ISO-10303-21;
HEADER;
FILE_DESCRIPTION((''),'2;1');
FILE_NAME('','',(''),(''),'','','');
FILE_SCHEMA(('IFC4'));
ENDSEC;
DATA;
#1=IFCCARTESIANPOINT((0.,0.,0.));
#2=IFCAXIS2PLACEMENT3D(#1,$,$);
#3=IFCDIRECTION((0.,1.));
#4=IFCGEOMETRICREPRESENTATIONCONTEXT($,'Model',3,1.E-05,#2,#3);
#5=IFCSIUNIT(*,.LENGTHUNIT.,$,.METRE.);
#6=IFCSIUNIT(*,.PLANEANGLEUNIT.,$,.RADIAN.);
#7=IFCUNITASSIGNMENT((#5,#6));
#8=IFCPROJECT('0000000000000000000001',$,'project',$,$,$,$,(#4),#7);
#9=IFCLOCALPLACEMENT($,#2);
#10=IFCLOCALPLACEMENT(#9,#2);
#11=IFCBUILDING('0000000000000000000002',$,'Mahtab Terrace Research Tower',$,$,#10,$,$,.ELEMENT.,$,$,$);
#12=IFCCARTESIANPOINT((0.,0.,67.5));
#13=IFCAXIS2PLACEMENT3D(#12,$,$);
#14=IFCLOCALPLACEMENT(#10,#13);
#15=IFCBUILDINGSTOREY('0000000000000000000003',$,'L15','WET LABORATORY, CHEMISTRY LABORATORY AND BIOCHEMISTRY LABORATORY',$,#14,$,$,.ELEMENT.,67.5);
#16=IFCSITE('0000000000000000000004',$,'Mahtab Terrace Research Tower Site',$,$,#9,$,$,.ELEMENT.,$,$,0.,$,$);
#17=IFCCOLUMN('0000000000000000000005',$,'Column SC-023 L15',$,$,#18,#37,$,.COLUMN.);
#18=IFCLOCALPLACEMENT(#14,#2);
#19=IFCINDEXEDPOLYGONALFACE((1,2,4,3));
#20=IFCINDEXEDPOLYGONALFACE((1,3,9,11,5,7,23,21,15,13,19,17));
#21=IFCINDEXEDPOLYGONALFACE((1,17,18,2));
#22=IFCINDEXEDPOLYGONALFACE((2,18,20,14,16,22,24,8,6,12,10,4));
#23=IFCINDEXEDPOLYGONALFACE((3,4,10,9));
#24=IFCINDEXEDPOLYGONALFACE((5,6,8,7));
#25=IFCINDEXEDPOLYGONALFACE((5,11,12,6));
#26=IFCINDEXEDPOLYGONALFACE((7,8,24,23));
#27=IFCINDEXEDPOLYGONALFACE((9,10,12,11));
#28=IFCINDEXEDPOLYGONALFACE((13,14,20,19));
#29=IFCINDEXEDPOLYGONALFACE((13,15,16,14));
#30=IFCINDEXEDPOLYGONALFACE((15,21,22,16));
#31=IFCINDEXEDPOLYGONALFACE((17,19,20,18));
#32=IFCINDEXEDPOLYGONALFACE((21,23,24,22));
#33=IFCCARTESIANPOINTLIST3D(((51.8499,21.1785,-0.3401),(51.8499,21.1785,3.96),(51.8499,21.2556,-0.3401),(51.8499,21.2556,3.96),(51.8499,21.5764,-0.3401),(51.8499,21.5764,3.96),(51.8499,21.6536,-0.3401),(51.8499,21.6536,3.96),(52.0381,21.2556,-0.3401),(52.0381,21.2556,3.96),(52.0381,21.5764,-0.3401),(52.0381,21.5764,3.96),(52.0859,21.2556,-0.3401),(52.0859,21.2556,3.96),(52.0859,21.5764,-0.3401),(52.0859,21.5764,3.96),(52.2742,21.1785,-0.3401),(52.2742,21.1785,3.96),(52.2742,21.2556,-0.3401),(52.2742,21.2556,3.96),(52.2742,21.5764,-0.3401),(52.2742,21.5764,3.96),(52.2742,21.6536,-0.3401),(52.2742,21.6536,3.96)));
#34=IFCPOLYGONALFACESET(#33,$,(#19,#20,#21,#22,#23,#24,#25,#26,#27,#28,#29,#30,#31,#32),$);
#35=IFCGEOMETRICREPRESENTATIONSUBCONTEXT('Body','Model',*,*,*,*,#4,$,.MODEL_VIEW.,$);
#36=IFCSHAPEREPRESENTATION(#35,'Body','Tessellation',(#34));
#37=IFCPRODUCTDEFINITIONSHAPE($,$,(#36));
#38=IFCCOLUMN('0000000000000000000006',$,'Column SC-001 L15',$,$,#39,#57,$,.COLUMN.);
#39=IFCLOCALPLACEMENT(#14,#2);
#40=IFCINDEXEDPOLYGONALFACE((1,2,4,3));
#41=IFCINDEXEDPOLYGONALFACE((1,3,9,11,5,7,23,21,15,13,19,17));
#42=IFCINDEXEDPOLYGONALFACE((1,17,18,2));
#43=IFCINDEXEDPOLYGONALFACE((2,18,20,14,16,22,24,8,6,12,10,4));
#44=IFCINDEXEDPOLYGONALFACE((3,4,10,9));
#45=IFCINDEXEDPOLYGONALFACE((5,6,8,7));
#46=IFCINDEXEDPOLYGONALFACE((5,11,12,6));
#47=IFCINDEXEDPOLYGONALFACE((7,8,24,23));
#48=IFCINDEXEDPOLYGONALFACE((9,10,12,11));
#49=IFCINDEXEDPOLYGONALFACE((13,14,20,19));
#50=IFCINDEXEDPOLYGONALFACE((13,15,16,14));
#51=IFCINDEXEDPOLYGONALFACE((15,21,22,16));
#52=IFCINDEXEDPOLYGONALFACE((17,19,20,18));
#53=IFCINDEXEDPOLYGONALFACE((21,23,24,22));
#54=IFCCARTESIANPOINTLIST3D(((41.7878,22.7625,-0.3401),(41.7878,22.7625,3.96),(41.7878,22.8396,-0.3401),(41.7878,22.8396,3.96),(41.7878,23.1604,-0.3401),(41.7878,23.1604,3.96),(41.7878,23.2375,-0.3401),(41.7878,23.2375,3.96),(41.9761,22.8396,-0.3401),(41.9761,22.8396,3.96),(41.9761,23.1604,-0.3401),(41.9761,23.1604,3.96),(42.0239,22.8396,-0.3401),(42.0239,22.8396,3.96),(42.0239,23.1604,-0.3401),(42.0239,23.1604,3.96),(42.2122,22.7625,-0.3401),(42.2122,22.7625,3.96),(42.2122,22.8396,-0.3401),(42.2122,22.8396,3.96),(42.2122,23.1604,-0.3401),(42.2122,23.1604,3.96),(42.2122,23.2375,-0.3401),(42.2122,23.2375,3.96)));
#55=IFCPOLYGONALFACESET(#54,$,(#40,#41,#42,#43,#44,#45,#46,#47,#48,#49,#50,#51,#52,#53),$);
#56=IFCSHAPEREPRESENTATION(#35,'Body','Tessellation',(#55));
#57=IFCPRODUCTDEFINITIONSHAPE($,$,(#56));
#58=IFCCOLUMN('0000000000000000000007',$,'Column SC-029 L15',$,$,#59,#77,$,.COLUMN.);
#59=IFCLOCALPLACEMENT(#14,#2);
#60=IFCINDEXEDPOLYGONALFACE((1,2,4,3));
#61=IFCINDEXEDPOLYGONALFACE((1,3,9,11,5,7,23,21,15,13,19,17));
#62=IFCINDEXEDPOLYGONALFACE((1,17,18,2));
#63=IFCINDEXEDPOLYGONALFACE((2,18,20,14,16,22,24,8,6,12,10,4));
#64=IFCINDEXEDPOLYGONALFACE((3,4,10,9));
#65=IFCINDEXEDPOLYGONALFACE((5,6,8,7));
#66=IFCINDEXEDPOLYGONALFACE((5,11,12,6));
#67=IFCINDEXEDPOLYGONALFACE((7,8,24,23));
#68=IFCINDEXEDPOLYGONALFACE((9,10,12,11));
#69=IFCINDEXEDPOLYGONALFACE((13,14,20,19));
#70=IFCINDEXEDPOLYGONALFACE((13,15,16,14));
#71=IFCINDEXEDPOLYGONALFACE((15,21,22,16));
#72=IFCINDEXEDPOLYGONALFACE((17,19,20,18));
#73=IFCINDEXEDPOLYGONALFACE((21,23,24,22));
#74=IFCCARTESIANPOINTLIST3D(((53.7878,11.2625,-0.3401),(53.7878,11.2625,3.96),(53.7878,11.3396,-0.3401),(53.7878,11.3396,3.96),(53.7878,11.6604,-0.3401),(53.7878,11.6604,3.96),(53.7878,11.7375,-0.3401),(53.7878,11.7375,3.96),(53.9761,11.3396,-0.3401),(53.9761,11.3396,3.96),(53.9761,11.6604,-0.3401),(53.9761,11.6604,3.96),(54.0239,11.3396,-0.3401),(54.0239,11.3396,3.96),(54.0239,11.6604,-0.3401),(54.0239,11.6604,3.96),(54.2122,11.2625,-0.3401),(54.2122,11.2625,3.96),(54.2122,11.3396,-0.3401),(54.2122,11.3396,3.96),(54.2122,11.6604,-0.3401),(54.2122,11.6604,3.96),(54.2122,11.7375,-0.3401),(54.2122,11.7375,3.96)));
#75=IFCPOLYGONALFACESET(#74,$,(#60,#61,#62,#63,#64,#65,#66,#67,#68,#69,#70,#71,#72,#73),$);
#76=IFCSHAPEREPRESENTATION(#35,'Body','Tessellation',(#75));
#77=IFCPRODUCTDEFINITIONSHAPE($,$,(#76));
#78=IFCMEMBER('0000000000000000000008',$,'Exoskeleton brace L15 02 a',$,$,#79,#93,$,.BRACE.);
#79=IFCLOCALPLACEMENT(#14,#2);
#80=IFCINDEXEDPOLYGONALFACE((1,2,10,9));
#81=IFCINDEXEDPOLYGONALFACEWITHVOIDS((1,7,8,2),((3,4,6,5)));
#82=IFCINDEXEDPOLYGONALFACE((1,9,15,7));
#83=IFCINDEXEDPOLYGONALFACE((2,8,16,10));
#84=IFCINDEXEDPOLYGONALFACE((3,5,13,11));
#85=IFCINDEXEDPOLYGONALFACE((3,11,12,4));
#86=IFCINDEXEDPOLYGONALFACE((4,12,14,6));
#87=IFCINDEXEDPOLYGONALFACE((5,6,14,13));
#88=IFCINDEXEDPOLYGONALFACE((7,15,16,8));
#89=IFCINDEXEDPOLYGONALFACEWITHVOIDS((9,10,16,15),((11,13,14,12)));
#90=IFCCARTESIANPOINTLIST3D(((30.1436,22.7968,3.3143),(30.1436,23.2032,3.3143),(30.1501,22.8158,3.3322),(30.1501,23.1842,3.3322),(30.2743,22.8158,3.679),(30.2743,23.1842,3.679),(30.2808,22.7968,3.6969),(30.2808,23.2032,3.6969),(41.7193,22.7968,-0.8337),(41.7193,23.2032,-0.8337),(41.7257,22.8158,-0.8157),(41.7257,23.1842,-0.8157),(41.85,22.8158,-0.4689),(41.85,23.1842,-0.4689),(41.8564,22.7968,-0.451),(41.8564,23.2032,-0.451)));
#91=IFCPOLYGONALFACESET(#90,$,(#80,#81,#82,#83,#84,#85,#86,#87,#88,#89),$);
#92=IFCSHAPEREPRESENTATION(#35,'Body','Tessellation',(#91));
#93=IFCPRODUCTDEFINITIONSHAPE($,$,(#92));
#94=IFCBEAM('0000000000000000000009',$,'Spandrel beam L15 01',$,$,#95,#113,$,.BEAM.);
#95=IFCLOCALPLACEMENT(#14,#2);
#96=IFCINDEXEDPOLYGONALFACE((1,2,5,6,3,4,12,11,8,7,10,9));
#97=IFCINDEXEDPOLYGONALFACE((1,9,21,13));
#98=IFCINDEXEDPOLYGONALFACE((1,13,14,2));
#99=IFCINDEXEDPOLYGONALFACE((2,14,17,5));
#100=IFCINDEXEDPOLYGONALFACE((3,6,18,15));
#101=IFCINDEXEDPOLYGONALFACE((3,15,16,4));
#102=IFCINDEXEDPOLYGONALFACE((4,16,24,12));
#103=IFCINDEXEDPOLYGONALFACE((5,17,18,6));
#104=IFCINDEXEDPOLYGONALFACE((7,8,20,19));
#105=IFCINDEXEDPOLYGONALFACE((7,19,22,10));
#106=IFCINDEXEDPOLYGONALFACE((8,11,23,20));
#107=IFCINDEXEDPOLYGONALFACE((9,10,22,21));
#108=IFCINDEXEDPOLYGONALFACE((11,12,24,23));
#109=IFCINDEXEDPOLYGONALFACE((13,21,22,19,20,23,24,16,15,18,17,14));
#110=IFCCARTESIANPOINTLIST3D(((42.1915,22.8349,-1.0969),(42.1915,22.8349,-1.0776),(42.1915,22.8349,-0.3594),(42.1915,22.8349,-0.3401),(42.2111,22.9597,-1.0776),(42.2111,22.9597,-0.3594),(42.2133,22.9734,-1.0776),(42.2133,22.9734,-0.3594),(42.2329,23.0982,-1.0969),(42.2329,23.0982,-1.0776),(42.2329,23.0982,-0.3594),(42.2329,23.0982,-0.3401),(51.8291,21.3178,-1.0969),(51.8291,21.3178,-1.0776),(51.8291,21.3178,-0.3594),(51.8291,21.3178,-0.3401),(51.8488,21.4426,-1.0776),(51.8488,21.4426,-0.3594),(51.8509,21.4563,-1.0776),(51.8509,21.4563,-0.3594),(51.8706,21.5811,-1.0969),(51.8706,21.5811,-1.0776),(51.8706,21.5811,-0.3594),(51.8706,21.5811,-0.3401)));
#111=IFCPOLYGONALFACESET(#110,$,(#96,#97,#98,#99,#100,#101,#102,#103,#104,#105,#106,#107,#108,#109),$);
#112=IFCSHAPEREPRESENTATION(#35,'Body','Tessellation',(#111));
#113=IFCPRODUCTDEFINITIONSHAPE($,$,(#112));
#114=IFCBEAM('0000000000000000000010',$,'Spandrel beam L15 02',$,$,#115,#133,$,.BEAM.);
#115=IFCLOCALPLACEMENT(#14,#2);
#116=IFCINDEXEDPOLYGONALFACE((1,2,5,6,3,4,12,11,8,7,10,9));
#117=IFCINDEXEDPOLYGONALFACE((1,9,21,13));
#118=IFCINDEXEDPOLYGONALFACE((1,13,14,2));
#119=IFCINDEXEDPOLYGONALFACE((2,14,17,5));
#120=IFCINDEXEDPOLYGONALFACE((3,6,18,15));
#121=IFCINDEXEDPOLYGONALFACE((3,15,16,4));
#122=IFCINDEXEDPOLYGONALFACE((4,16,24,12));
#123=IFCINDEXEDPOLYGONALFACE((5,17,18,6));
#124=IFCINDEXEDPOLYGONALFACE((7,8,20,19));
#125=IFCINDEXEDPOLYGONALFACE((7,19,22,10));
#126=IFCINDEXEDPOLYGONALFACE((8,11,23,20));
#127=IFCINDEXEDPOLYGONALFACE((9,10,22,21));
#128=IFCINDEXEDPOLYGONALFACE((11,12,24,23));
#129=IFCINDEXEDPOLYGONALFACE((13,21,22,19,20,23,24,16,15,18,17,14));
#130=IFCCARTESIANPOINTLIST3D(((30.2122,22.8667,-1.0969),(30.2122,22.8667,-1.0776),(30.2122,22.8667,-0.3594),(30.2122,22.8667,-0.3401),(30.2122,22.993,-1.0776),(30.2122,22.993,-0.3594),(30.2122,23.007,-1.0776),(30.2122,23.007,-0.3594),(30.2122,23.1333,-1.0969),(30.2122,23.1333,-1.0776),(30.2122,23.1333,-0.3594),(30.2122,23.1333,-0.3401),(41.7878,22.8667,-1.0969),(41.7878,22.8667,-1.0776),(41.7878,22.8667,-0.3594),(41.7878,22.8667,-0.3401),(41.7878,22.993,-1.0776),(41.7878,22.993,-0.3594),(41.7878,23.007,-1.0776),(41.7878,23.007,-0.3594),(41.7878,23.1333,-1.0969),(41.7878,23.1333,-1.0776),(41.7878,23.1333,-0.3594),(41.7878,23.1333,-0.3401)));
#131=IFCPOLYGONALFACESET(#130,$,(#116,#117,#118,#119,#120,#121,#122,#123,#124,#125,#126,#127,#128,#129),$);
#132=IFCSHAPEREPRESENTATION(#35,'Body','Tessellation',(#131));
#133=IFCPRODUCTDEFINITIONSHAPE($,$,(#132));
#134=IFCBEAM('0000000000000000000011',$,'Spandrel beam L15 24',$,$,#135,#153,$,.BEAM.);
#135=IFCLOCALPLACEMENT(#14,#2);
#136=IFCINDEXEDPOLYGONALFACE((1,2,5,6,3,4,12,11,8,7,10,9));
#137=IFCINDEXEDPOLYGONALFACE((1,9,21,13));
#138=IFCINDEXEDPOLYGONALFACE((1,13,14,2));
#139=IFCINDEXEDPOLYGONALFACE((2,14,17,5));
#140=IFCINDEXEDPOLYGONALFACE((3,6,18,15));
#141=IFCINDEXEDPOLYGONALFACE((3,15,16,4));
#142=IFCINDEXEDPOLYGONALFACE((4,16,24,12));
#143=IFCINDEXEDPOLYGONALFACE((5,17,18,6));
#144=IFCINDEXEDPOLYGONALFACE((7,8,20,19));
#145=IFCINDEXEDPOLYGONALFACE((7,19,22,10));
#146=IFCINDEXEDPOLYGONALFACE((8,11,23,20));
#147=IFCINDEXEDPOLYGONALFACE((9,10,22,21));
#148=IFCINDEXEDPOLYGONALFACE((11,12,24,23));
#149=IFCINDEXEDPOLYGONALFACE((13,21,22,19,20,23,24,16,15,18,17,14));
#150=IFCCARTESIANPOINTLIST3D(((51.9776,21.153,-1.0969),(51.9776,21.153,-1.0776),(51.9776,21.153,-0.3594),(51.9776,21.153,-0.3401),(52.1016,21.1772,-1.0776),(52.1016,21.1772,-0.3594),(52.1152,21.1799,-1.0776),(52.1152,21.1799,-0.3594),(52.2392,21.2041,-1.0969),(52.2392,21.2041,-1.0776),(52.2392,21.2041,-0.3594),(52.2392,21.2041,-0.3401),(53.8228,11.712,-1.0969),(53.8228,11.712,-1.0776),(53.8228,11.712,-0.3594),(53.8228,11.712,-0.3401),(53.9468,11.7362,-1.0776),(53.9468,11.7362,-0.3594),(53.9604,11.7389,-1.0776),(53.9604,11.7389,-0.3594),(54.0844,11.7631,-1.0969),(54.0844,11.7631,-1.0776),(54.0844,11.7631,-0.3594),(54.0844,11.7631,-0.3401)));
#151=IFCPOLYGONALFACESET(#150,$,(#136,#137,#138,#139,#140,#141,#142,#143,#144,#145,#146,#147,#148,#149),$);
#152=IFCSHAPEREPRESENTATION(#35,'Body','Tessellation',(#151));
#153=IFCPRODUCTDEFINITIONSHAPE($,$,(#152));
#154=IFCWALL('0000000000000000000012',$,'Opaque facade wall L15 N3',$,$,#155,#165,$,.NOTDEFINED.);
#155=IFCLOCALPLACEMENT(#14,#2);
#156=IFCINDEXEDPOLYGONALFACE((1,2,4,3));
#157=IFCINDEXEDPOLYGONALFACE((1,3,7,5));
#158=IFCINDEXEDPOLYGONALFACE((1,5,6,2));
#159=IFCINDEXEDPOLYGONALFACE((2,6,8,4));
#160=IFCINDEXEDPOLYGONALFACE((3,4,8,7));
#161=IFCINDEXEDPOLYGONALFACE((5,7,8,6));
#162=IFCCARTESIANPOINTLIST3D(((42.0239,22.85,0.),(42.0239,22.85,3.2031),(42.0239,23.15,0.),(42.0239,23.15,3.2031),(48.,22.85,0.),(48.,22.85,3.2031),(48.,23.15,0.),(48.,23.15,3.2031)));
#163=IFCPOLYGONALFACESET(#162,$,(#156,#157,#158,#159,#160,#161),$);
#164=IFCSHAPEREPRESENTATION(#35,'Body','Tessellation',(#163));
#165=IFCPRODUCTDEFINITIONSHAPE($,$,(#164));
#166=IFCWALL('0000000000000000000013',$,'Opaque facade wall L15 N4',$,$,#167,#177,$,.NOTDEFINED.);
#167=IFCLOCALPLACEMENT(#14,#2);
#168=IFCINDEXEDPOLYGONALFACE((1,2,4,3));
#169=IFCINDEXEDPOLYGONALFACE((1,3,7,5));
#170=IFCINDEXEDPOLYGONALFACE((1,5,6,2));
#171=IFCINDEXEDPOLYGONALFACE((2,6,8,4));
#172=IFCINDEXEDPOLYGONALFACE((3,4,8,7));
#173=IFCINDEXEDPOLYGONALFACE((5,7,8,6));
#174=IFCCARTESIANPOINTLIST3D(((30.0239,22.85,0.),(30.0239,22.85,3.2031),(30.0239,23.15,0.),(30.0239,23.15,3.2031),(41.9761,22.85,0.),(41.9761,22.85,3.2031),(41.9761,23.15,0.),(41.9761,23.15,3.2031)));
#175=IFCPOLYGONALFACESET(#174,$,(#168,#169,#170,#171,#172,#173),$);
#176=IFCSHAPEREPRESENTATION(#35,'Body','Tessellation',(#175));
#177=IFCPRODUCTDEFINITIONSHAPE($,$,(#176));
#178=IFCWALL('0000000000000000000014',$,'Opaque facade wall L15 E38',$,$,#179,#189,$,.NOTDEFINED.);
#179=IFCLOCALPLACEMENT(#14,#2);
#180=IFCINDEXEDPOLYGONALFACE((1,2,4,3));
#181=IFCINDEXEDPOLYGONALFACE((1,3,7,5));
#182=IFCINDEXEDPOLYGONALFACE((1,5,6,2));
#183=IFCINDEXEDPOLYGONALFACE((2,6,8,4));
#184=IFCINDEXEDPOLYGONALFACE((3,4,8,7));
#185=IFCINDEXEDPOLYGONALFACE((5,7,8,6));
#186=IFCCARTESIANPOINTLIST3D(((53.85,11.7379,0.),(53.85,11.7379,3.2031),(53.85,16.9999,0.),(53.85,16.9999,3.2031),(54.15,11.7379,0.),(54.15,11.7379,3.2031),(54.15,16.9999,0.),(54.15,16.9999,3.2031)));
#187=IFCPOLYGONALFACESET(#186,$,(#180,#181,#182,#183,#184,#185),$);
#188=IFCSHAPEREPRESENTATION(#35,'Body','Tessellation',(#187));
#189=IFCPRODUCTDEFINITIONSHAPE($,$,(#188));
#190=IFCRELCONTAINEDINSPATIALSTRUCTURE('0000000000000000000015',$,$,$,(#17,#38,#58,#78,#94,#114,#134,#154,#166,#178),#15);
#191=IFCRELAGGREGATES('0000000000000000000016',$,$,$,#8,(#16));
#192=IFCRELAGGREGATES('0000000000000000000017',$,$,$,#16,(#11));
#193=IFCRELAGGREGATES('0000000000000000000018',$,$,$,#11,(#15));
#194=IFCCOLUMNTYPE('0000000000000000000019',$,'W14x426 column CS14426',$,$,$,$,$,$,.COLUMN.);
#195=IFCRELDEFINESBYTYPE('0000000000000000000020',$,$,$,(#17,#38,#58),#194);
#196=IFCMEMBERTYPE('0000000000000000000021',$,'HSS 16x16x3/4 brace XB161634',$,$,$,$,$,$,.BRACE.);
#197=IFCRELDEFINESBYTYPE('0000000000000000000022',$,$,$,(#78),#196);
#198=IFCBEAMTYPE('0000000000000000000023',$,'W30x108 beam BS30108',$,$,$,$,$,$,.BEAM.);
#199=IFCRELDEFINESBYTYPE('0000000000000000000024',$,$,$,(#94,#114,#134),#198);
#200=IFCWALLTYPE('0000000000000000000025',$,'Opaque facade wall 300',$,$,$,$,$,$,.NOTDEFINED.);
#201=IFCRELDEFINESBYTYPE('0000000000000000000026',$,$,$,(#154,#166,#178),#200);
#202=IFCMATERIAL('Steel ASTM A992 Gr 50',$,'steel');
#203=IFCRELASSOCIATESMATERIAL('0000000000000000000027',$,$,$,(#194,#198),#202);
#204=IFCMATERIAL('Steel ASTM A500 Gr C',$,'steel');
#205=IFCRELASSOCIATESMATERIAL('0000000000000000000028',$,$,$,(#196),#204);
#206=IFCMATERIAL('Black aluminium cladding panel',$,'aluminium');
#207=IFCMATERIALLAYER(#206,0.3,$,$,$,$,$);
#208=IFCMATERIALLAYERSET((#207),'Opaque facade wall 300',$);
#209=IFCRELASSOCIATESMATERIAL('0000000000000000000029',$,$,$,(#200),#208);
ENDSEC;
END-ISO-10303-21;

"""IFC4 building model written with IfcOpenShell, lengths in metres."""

from ifc_helpers import new_model, si_unit, direction, frame, frame_2d, origin, origin_2d, place, context, subcontext, project, spatial, rectangle, hollow_rectangle, i_section, extrude, material, layer, layer_set, material_profile, profile_set, type_object, element, save


model = new_model("IFC4")

# Units and contexts
model_context = context("Model", 3, precision=1e-05, world=origin(), true_north=direction((0.0, 1.0)))
body_context = subcontext(model_context, "Body", "Model", "MODEL_VIEW")
ifc_project = project(units=[si_unit("LENGTHUNIT", "METRE"), si_unit("PLANEANGLEUNIT", "RADIAN")], contexts=[model_context])

# Site, building, storey
site_placement = place(None, origin())
site = spatial("IfcSite", under=ifc_project, at=site_placement, Name="Mahtab Terrace Research Tower Site", CompositionType="ELEMENT", RefElevation=0.0)
building_placement = place(site_placement, origin())
building = spatial("IfcBuilding", under=site, at=building_placement, Name="Mahtab Terrace Research Tower", CompositionType="ELEMENT")
storey_placement = place(building_placement, frame((0.0, 0.0, 67.5)))
storey = spatial("IfcBuildingStorey", under=building, at=storey_placement, Name="L15", Description="WET LABORATORY, CHEMISTRY LABORATORY AND BIOCHEMISTRY LABORATORY", CompositionType="ELEMENT", Elevation=67.5)

# Columns
ifc_material_1 = material(Name="Steel ASTM A992 Gr 50", Category="steel")
ifc_material_profile_1 = material_profile(ifc_material_1, i_section(OverallWidth=0.4243, OverallDepth=0.4751, WebThickness=0.0479, FlangeThickness=0.0771, at=origin_2d()), Name="W14X426")
ifc_profile_set_1 = profile_set([ifc_material_profile_1], Name="Steel ASTM A992 Gr 50")
column_type = type_object("IfcColumnType", Name="W14x426 column CS14426", PredefinedType="COLUMN", material=ifc_profile_set_1)
for number, where, z_axis, x_axis, name in (
    (1, (52.062, 21.416, -0.3401), (0.0, 0.0, 1.0), (1.0, 0.0, 0.0), "Column SC-023 L15"),
    (2, (42.0, 23.0, -0.3401), (0.0, 0.0, 1.0), (1.0, 0.0, 0.0), "Column SC-001 L15"),
    (3, (54.0, 11.5, -0.3401), (0.0, 0.0, 1.0), (1.0, 0.0, 0.0), "Column SC-029 L15"),
):
    element("IfcColumn", number, at=place(storey_placement, frame(where, z_axis=z_axis, x_axis=x_axis)), inside=storey, type_object=column_type, Name=name, PredefinedType="COLUMN", context=body_context, shape_type="SweptSolid", body=[
        extrude(i_section(OverallWidth=0.4243, OverallDepth=0.4751, WebThickness=0.0479, FlangeThickness=0.0771, at=origin_2d()), origin(), (0.0, 0.0, 1.0), 4.3),
    ])

# Member
ifc_material_2 = material(Name="Steel ASTM A500 Gr C", Category="steel")
ifc_material_profile_2 = material_profile(ifc_material_2, hollow_rectangle(XDim=0.4065, YDim=0.4065, WallThickness=0.019, at=origin_2d()), Name="HSS16X16X3/4")
ifc_profile_set_2 = profile_set([ifc_material_profile_2], Name="Steel ASTM A500 Gr C")
member_type = type_object("IfcMemberType", Name="HSS 16x16x3/4 brace XB161634", PredefinedType="BRACE", material=ifc_profile_set_2)
member_placement = place(storey_placement, frame((41.7878, 23.0, -0.6423), z_axis=(-0.941387, 0.0, 0.33733), x_axis=(0.0, -1.0, 0.0)))
element("IfcMember", 4, at=member_placement, inside=storey, type_object=member_type, Name="Exoskeleton brace L15 02 a", PredefinedType="BRACE", context=body_context, shape_type="SweptSolid", body=[
    extrude(hollow_rectangle(XDim=0.4065, YDim=0.4065, WallThickness=0.019, at=origin_2d()), origin(), (0.0, 0.0, 1.0), 12.2964),
])

# Beams
ifc_material_profile_3 = material_profile(ifc_material_1, i_section(OverallWidth=0.2666, OverallDepth=0.7568, WebThickness=0.0139, FlangeThickness=0.0193, at=origin_2d()), Name="W30X108")
ifc_profile_set_3 = profile_set([ifc_material_profile_3], Name="Steel ASTM A992 Gr 50")
beam_type = type_object("IfcBeamType", Name="W30x108 beam BS30108", PredefinedType="BEAM", material=ifc_profile_set_3)
beam_1_placement = place(storey_placement, frame((51.8499, 21.4495, -0.7185), z_axis=(-0.987836, 0.155497, 0.0), x_axis=(-0.155497, -0.987836, 0.0)))
element("IfcBeam", 5, at=beam_1_placement, inside=storey, type_object=beam_type, Name="Spandrel beam L15 01", PredefinedType="BEAM", context=body_context, shape_type="SweptSolid", body=[
    extrude(i_section(OverallWidth=0.2666, OverallDepth=0.7568, WebThickness=0.0139, FlangeThickness=0.0193, at=origin_2d()), origin(), (0.0, 0.0, 1.0), 9.7563),
])
beam_2_placement = place(storey_placement, frame((41.7878, 23.0, -0.7185), z_axis=(-1.0, 0.0, 0.0), x_axis=(0.0, -1.0, 0.0)))
element("IfcBeam", 6, at=beam_2_placement, inside=storey, type_object=beam_type, Name="Spandrel beam L15 02", PredefinedType="BEAM", context=body_context, shape_type="SweptSolid", body=[
    extrude(i_section(OverallWidth=0.2666, OverallDepth=0.7568, WebThickness=0.0139, FlangeThickness=0.0193, at=origin_2d()), origin(), (0.0, 0.0, 1.0), 11.5757),
])
beam_3_placement = place(storey_placement, frame((53.9536, 11.7375, -0.7185), z_axis=(-0.191819, 0.98143, 0.0), x_axis=(-0.98143, -0.191819, 0.0)))
element("IfcBeam", 7, at=beam_3_placement, inside=storey, type_object=beam_type, Name="Spandrel beam L15 24", PredefinedType="BEAM", context=body_context, shape_type="SweptSolid", body=[
    extrude(i_section(OverallWidth=0.2666, OverallDepth=0.7568, WebThickness=0.0139, FlangeThickness=0.0193, at=origin_2d()), origin(), (0.0, 0.0, 1.0), 9.6196),
])

# Walls
ifc_material_3 = material(Name="Black aluminium cladding panel", Category="aluminium")
ifc_layer_1 = layer(ifc_material_3, 0.3)
ifc_layer_set_1 = layer_set([ifc_layer_1], Name="Opaque facade wall 300")
wall_type_1 = type_object("IfcWallType", Name="Opaque facade wall 300", PredefinedType="NOTDEFINED", material=ifc_layer_set_1)
wall_1_placement = place(storey_placement, frame((48.0, 23.0, 0.0), z_axis=(0.0, 0.0, 1.0), x_axis=(-1.0, 0.0, 0.0)))
element("IfcWall", 8, at=wall_1_placement, inside=storey, type_object=wall_type_1, Name="Opaque facade wall L15 N3", PredefinedType="NOTDEFINED", context=body_context, shape_type="SweptSolid", body=[
    extrude(rectangle(XDim=5.9761, YDim=0.3, at=frame_2d((2.988, 0.0))), origin(), (0.0, 0.0, 1.0), 3.2031),
])
wall_2_placement = place(storey_placement, frame((41.9761, 23.0, 0.0), z_axis=(0.0, 0.0, 1.0), x_axis=(-1.0, 0.0, 0.0)))
element("IfcWall", 9, at=wall_2_placement, inside=storey, type_object=wall_type_1, Name="Opaque facade wall L15 N4", PredefinedType="NOTDEFINED", context=body_context, shape_type="SweptSolid", body=[
    extrude(rectangle(XDim=11.9521, YDim=0.3, at=frame_2d((5.9761, 0.0))), origin(), (0.0, 0.0, 1.0), 3.2031),
])
wall_3_placement = place(storey_placement, frame((54.0, 11.738, 0.0), z_axis=(0.0, 0.0, 1.0), x_axis=(0.0, 1.0, 0.0)))
element("IfcWall", 10, at=wall_3_placement, inside=storey, type_object=wall_type_1, Name="Opaque facade wall L15 E38", PredefinedType="NOTDEFINED", context=body_context, shape_type="SweptSolid", body=[
    extrude(rectangle(XDim=5.262, YDim=0.3, at=frame_2d((2.6309, 0.0))), origin(), (0.0, 0.0, 1.0), 3.2031),
])

save(model, "model.ifc")
